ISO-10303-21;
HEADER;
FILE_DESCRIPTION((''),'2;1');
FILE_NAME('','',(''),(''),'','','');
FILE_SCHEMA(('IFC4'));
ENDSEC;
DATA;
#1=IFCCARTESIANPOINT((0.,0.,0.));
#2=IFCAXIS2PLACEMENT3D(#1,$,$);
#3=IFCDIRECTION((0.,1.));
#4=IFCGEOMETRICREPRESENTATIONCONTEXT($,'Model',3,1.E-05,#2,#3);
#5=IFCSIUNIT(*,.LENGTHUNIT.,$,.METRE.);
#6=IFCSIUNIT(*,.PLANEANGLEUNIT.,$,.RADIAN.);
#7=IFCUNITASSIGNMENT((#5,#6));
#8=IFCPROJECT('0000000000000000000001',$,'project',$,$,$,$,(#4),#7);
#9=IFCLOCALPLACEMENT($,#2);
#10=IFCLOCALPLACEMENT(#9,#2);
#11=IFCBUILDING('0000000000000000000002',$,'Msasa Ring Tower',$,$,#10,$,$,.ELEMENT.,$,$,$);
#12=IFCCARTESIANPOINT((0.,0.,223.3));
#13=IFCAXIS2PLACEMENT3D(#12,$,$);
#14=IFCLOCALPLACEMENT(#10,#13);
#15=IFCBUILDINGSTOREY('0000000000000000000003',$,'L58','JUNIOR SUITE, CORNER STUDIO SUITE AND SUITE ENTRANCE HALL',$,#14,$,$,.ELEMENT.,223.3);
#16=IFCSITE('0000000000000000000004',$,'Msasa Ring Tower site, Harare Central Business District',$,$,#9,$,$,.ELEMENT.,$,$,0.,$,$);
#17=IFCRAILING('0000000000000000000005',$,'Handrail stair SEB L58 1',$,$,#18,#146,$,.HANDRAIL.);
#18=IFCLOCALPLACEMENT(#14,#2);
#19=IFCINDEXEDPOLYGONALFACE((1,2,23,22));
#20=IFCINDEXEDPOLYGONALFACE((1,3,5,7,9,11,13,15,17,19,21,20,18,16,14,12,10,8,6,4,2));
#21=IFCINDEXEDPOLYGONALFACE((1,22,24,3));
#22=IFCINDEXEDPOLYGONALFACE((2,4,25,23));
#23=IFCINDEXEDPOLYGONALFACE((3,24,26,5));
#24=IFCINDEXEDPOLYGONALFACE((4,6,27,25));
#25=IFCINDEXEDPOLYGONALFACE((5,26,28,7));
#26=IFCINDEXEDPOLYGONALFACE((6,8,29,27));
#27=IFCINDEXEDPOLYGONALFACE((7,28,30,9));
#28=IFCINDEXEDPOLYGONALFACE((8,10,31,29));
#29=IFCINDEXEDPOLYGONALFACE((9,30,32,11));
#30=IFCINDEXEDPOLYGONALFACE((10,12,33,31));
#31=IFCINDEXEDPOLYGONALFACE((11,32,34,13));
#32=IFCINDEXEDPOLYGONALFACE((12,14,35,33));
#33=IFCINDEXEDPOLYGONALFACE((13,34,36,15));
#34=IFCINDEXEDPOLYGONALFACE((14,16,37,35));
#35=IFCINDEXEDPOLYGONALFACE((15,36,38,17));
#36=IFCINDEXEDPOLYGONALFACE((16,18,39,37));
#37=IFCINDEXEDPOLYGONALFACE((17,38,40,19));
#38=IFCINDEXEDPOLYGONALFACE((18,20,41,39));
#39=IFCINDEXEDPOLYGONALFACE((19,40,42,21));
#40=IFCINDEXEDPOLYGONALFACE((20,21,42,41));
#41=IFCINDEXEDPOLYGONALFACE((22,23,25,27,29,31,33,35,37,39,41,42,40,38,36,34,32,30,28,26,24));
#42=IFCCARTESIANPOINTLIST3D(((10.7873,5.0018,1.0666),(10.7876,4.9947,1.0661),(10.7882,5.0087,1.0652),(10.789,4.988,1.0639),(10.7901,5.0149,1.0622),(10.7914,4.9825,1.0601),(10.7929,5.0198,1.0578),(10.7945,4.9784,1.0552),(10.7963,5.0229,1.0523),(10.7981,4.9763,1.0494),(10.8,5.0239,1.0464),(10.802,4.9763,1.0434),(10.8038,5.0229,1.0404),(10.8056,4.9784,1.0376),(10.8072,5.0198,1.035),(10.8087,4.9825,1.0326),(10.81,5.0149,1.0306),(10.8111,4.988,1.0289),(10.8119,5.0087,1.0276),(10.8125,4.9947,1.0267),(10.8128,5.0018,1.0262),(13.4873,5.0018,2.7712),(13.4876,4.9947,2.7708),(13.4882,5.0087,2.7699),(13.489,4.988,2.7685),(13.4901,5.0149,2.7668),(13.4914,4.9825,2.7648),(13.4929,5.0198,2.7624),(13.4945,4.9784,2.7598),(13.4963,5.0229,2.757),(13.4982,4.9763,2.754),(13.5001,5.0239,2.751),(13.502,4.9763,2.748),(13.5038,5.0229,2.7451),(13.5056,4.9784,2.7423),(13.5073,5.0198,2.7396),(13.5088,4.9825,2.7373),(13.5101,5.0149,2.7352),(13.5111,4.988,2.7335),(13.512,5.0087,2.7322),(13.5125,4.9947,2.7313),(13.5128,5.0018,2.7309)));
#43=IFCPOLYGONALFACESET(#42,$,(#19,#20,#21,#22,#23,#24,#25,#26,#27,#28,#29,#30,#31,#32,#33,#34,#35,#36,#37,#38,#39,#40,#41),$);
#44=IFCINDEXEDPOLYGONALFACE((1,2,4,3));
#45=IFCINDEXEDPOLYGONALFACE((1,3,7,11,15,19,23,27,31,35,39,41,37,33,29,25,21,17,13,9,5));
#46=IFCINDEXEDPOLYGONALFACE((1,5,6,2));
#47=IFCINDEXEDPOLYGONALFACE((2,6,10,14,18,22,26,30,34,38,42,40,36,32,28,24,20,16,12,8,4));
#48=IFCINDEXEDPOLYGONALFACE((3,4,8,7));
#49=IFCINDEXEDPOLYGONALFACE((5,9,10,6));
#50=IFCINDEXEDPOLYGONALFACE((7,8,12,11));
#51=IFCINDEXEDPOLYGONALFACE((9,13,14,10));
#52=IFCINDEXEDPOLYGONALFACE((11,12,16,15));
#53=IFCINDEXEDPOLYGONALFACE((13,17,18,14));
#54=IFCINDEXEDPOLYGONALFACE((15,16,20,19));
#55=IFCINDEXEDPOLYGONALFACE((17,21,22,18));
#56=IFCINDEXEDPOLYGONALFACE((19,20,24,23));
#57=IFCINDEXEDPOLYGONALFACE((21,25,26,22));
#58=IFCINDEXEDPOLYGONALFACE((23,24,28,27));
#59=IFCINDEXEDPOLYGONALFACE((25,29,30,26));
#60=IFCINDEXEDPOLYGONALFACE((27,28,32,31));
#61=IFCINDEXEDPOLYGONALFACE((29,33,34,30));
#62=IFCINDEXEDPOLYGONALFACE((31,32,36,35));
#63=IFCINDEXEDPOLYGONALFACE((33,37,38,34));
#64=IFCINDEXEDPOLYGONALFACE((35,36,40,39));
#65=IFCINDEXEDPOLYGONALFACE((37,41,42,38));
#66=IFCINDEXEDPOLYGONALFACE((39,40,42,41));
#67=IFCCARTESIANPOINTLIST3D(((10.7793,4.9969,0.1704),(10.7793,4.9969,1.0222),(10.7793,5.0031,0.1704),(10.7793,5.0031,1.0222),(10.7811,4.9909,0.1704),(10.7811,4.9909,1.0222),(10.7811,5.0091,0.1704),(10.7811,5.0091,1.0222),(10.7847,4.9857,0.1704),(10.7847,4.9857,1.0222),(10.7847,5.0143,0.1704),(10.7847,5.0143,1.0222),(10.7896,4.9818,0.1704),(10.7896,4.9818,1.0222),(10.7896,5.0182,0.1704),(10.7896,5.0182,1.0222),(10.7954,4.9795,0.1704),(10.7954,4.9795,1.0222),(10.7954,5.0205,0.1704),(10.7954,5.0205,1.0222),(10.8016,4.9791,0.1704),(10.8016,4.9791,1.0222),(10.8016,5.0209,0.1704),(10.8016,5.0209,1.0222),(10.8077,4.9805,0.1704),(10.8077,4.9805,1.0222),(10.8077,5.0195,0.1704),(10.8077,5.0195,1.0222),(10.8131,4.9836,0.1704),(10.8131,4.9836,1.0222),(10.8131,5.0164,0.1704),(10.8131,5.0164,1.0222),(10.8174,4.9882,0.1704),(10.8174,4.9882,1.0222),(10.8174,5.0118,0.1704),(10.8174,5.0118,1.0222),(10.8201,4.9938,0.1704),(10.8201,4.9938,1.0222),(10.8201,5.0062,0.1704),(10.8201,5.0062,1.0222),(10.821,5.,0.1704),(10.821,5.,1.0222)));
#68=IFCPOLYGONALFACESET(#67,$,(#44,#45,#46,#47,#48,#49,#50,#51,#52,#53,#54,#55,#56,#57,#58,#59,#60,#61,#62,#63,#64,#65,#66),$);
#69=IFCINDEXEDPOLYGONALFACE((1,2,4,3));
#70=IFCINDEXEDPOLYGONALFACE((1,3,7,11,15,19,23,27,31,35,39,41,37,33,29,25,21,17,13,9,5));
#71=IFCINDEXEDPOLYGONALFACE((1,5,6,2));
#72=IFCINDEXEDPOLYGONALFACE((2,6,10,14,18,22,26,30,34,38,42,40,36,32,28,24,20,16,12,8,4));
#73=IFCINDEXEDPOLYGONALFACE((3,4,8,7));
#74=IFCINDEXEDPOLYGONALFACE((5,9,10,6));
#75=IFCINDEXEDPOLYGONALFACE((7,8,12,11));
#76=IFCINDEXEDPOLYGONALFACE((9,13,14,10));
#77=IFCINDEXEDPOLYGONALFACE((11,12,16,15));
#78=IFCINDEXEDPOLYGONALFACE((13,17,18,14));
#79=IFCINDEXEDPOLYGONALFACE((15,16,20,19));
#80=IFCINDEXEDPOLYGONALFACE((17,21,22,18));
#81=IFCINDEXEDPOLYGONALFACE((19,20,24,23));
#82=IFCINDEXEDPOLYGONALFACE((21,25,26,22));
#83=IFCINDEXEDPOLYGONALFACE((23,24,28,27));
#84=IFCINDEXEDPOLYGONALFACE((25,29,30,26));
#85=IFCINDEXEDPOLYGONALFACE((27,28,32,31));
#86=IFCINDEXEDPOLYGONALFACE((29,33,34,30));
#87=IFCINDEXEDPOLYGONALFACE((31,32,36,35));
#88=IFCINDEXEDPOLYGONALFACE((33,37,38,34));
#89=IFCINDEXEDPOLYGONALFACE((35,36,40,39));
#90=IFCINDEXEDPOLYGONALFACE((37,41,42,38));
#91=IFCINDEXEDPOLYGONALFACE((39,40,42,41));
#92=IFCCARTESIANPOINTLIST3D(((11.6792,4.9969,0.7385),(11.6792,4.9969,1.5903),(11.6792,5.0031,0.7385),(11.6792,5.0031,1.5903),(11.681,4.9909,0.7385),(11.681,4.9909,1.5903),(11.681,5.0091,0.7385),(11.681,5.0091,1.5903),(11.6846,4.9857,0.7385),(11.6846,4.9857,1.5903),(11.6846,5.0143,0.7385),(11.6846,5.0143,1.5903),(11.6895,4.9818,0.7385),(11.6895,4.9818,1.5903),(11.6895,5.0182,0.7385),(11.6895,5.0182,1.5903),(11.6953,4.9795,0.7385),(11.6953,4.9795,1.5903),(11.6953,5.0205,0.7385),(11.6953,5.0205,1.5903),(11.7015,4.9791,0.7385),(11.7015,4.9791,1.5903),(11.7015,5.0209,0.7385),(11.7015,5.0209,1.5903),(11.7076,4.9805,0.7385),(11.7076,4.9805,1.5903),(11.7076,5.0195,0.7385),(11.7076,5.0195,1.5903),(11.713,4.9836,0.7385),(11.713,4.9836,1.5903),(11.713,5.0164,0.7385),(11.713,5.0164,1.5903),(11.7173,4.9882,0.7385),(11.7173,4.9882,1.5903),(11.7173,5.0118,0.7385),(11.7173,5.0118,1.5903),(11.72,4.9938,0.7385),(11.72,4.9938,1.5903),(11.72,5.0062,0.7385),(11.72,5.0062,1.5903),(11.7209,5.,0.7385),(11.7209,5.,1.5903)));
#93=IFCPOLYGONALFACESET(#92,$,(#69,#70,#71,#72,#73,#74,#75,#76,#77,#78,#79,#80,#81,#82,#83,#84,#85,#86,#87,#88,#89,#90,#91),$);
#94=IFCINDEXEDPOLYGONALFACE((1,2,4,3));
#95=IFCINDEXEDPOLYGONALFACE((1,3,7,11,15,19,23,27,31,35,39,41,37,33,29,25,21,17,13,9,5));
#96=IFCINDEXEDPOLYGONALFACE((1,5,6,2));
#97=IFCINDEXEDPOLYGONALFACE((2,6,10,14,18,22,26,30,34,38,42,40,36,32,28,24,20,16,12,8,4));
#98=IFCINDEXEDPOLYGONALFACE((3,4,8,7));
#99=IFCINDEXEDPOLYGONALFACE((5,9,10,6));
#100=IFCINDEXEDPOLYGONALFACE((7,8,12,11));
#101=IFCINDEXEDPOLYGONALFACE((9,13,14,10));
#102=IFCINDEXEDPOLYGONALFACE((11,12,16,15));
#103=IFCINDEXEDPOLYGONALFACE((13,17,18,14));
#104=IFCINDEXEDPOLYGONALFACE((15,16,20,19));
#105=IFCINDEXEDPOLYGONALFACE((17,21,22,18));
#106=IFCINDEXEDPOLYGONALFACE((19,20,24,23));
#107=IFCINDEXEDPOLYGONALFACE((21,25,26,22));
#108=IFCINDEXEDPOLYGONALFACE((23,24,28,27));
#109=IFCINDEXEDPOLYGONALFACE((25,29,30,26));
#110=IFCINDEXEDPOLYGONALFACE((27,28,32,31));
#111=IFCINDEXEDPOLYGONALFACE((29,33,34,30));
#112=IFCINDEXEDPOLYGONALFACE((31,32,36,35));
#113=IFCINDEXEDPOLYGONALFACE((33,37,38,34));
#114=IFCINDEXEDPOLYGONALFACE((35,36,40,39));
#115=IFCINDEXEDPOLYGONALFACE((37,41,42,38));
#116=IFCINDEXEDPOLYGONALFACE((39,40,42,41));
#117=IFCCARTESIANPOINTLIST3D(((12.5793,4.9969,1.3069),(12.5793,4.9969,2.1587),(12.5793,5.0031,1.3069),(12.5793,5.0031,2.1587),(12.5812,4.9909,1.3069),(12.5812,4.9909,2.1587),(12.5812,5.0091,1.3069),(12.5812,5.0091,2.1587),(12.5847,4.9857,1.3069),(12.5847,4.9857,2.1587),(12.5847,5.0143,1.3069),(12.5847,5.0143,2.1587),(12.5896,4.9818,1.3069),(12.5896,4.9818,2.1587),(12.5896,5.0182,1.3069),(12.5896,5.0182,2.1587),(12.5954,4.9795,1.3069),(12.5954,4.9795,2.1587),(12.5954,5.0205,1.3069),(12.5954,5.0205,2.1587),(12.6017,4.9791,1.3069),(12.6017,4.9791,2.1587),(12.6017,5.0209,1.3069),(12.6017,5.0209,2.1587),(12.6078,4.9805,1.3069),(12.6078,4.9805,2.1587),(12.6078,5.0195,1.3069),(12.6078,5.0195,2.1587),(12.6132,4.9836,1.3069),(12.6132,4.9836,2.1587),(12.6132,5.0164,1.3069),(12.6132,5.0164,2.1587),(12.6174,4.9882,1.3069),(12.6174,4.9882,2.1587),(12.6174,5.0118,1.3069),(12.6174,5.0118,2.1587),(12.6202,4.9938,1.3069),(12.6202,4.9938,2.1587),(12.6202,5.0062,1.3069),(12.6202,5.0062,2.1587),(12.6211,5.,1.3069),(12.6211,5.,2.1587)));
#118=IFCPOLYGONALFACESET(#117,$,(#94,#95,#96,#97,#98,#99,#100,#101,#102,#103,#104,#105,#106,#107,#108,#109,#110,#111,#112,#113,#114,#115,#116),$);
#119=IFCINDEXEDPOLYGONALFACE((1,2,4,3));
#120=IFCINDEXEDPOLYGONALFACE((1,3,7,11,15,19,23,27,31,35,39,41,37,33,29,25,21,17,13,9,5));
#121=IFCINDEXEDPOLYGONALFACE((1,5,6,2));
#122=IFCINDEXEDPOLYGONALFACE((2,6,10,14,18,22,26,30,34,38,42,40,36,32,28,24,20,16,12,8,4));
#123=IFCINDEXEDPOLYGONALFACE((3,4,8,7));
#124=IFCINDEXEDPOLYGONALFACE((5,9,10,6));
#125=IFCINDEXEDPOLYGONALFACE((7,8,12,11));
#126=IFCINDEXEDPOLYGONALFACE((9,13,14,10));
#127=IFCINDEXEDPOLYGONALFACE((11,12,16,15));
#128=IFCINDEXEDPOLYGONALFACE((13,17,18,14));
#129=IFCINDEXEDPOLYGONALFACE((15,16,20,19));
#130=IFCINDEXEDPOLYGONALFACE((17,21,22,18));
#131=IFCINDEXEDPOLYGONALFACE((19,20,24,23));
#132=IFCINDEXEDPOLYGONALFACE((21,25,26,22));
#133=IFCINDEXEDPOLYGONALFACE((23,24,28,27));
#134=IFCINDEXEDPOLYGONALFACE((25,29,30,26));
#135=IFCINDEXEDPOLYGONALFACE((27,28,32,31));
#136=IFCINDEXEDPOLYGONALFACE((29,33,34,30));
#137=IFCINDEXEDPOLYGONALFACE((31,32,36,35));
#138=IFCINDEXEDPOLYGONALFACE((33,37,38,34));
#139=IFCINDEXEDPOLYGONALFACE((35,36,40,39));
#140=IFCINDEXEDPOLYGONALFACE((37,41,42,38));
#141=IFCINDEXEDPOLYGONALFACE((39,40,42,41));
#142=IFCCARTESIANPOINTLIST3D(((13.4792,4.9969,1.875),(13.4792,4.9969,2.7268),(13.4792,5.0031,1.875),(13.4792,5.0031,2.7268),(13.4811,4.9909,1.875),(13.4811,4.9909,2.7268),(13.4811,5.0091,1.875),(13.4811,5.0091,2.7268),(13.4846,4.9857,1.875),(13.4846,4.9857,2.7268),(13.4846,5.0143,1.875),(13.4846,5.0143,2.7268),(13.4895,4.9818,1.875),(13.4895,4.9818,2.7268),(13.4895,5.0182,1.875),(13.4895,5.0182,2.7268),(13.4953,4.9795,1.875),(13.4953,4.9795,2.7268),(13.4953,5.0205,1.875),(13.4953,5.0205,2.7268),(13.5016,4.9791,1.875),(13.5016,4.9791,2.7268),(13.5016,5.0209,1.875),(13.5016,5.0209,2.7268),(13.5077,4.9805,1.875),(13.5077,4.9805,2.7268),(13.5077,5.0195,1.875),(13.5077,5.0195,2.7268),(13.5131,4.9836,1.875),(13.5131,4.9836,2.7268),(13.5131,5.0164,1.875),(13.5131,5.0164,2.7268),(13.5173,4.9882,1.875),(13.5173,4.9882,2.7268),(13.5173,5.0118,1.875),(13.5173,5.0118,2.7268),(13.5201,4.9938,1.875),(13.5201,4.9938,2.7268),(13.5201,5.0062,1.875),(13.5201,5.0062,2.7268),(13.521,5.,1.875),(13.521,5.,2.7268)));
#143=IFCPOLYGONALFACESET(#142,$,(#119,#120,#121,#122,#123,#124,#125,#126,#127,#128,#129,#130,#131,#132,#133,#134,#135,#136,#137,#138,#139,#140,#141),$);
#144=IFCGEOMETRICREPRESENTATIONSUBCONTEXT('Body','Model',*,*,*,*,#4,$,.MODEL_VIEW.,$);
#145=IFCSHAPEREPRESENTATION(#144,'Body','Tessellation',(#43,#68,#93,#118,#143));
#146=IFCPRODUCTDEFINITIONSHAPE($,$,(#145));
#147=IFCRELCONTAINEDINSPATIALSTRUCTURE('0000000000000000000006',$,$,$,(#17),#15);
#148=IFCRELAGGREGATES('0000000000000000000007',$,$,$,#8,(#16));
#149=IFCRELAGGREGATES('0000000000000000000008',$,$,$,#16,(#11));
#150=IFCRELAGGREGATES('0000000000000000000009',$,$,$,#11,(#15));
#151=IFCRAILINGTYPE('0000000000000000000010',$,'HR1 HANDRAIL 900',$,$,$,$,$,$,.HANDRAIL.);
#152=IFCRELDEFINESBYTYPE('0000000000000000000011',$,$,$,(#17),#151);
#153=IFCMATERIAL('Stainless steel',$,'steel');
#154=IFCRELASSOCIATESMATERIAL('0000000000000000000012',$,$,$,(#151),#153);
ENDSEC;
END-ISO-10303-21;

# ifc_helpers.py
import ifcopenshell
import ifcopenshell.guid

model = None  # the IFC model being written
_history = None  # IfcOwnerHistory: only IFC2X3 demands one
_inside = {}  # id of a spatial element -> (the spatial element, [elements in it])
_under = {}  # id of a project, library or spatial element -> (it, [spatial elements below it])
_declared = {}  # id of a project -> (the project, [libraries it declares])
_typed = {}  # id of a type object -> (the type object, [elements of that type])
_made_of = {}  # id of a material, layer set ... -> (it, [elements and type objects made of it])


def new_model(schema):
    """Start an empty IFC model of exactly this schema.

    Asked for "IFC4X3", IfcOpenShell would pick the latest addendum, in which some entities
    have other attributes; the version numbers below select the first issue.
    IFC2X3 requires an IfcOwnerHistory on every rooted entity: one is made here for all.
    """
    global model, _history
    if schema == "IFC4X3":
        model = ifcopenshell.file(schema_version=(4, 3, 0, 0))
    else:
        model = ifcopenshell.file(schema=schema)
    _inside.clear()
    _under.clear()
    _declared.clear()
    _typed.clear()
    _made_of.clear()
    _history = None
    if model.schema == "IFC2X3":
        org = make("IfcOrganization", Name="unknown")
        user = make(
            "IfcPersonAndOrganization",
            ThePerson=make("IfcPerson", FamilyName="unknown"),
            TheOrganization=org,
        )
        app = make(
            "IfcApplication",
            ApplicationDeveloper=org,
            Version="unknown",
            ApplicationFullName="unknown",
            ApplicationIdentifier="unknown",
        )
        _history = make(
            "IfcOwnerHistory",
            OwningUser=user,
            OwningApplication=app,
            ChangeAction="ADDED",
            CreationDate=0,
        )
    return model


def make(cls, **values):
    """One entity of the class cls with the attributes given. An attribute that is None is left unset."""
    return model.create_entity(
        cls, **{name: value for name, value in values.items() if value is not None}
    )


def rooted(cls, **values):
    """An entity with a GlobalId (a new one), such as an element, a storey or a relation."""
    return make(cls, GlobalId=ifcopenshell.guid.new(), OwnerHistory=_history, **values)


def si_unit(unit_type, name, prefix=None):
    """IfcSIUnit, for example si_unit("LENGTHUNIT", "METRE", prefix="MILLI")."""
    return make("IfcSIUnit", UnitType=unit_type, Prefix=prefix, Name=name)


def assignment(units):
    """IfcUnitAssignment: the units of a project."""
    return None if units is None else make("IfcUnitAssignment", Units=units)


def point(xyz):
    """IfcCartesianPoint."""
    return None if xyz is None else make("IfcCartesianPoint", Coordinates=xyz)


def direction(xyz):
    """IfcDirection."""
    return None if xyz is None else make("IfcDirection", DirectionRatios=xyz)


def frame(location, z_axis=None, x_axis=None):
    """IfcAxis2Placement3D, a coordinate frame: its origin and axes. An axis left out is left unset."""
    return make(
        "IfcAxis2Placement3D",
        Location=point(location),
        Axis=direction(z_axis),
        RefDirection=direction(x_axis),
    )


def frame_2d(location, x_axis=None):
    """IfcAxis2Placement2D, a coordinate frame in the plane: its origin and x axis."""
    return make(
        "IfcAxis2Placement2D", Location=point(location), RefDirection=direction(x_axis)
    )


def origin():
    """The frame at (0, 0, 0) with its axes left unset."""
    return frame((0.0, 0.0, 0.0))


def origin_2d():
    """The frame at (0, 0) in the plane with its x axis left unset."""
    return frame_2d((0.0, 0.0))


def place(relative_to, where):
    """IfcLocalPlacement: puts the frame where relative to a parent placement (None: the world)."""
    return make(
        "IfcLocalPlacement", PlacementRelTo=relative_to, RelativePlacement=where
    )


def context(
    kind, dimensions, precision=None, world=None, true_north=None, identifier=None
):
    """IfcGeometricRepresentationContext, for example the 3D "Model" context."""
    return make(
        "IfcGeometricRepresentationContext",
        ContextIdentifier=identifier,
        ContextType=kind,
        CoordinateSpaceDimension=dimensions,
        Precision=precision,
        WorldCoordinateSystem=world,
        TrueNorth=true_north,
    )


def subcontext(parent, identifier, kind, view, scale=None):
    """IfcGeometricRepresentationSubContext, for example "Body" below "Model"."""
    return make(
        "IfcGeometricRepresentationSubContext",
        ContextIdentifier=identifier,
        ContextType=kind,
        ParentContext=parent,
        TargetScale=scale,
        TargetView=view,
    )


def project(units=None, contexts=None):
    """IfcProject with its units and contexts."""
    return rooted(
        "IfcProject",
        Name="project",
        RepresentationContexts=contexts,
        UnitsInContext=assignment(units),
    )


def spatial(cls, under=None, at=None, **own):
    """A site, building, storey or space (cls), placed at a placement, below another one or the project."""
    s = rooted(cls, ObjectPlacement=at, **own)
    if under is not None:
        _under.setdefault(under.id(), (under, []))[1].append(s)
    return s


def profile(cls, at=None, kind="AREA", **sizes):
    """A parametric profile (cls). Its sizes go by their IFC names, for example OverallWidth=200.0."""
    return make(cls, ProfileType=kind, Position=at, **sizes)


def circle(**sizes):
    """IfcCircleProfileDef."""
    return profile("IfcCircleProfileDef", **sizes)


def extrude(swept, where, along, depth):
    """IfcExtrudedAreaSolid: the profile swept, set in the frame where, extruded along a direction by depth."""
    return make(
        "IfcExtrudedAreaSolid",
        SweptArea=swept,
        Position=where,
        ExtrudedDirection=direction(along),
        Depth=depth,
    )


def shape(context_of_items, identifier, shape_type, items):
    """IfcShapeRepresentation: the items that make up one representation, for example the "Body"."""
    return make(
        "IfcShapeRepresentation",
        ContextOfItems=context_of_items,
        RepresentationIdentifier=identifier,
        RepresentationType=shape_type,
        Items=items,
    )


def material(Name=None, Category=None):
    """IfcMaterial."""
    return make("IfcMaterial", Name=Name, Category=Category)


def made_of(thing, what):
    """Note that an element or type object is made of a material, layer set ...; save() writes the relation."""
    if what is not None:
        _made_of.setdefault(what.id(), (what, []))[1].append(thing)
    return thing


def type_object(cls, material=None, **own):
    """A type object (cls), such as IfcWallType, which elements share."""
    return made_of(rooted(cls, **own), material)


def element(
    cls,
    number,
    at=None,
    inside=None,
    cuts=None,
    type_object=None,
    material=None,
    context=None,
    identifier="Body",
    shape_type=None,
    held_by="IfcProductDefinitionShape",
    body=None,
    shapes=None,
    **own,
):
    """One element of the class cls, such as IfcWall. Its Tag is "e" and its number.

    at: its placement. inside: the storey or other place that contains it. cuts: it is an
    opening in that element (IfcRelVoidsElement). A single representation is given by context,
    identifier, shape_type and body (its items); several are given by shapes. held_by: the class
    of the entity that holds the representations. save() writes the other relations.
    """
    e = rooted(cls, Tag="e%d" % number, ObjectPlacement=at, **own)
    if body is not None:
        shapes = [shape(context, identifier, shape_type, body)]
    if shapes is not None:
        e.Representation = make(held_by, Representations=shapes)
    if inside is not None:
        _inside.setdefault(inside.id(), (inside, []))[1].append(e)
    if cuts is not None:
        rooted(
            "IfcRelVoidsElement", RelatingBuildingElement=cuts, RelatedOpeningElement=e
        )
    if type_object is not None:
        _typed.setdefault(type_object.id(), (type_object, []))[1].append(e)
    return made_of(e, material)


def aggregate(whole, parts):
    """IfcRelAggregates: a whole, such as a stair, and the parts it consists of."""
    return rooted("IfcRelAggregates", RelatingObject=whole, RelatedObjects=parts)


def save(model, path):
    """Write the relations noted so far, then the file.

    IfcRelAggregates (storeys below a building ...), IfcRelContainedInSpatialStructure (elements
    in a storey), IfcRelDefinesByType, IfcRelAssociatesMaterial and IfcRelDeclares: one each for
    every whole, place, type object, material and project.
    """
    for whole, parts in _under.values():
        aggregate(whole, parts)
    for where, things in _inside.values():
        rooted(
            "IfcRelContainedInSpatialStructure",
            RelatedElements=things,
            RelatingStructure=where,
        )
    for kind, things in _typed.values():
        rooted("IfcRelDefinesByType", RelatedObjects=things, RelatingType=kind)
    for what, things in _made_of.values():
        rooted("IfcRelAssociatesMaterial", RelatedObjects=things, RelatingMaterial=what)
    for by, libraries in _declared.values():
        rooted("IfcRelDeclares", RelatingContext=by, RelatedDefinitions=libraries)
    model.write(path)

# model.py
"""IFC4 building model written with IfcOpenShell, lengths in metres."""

from ifc_helpers import new_model, si_unit, direction, frame, origin, origin_2d, place, context, subcontext, project, spatial, circle, extrude, material, type_object, element, save


model = new_model("IFC4")

# Units and contexts
model_context = context("Model", 3, precision=1e-05, world=origin(), true_north=direction((0.0, 1.0)))
body_context = subcontext(model_context, "Body", "Model", "MODEL_VIEW")
ifc_project = project(units=[si_unit("LENGTHUNIT", "METRE"), si_unit("PLANEANGLEUNIT", "RADIAN")], contexts=[model_context])

# Site, building, storey
site_placement = place(None, origin())
site = spatial("IfcSite", under=ifc_project, at=site_placement, Name="Msasa Ring Tower site, Harare Central Business District", CompositionType="ELEMENT", RefElevation=0.0)
building_placement = place(site_placement, origin())
building = spatial("IfcBuilding", under=site, at=building_placement, Name="Msasa Ring Tower", CompositionType="ELEMENT")
storey_placement = place(building_placement, frame((0.0, 0.0, 223.3)))
storey = spatial("IfcBuildingStorey", under=building, at=storey_placement, Name="L58", Description="JUNIOR SUITE, CORNER STUDIO SUITE AND SUITE ENTRANCE HALL", CompositionType="ELEMENT", Elevation=223.3)

# Railing
ifc_material_1 = material(Name="Stainless steel", Category="steel")
railing_type = type_object("IfcRailingType", Name="HR1 HANDRAIL 900", PredefinedType="HANDRAIL", material=ifc_material_1)
for number, where, name in (
    (1, (10.8, 5.0, 0.1704), "Handrail stair SEB L58 1"),
):
    element("IfcRailing", number, at=place(storey_placement, frame(where)), inside=storey, type_object=railing_type, Name=name, PredefinedType="HANDRAIL", context=body_context, shape_type="SweptSolid", body=[
        extrude(circle(Radius=0.0239, at=origin_2d()), frame((0.0, 0.0, 0.876), z_axis=(0.84558, 0.0, 0.533849), x_axis=(0.0, 1.0, 0.0)), (0.0, 0.0, 1.0), 3.1931),
        extrude(circle(Radius=0.021, at=origin_2d()), origin(), (0.0, 0.0, 1.0), 0.8518),
        extrude(circle(Radius=0.021, at=origin_2d()), frame((0.8999, 0.0, 0.5681)), (0.0, 0.0, 1.0), 0.8518),
        extrude(circle(Radius=0.021, at=origin_2d()), frame((1.8, 0.0, 1.1365)), (0.0, 0.0, 1.0), 0.8518),
        extrude(circle(Radius=0.021, at=origin_2d()), frame((2.7, 0.0, 1.7046)), (0.0, 0.0, 1.0), 0.8518),
    ])

save(model, "model.ifc")
